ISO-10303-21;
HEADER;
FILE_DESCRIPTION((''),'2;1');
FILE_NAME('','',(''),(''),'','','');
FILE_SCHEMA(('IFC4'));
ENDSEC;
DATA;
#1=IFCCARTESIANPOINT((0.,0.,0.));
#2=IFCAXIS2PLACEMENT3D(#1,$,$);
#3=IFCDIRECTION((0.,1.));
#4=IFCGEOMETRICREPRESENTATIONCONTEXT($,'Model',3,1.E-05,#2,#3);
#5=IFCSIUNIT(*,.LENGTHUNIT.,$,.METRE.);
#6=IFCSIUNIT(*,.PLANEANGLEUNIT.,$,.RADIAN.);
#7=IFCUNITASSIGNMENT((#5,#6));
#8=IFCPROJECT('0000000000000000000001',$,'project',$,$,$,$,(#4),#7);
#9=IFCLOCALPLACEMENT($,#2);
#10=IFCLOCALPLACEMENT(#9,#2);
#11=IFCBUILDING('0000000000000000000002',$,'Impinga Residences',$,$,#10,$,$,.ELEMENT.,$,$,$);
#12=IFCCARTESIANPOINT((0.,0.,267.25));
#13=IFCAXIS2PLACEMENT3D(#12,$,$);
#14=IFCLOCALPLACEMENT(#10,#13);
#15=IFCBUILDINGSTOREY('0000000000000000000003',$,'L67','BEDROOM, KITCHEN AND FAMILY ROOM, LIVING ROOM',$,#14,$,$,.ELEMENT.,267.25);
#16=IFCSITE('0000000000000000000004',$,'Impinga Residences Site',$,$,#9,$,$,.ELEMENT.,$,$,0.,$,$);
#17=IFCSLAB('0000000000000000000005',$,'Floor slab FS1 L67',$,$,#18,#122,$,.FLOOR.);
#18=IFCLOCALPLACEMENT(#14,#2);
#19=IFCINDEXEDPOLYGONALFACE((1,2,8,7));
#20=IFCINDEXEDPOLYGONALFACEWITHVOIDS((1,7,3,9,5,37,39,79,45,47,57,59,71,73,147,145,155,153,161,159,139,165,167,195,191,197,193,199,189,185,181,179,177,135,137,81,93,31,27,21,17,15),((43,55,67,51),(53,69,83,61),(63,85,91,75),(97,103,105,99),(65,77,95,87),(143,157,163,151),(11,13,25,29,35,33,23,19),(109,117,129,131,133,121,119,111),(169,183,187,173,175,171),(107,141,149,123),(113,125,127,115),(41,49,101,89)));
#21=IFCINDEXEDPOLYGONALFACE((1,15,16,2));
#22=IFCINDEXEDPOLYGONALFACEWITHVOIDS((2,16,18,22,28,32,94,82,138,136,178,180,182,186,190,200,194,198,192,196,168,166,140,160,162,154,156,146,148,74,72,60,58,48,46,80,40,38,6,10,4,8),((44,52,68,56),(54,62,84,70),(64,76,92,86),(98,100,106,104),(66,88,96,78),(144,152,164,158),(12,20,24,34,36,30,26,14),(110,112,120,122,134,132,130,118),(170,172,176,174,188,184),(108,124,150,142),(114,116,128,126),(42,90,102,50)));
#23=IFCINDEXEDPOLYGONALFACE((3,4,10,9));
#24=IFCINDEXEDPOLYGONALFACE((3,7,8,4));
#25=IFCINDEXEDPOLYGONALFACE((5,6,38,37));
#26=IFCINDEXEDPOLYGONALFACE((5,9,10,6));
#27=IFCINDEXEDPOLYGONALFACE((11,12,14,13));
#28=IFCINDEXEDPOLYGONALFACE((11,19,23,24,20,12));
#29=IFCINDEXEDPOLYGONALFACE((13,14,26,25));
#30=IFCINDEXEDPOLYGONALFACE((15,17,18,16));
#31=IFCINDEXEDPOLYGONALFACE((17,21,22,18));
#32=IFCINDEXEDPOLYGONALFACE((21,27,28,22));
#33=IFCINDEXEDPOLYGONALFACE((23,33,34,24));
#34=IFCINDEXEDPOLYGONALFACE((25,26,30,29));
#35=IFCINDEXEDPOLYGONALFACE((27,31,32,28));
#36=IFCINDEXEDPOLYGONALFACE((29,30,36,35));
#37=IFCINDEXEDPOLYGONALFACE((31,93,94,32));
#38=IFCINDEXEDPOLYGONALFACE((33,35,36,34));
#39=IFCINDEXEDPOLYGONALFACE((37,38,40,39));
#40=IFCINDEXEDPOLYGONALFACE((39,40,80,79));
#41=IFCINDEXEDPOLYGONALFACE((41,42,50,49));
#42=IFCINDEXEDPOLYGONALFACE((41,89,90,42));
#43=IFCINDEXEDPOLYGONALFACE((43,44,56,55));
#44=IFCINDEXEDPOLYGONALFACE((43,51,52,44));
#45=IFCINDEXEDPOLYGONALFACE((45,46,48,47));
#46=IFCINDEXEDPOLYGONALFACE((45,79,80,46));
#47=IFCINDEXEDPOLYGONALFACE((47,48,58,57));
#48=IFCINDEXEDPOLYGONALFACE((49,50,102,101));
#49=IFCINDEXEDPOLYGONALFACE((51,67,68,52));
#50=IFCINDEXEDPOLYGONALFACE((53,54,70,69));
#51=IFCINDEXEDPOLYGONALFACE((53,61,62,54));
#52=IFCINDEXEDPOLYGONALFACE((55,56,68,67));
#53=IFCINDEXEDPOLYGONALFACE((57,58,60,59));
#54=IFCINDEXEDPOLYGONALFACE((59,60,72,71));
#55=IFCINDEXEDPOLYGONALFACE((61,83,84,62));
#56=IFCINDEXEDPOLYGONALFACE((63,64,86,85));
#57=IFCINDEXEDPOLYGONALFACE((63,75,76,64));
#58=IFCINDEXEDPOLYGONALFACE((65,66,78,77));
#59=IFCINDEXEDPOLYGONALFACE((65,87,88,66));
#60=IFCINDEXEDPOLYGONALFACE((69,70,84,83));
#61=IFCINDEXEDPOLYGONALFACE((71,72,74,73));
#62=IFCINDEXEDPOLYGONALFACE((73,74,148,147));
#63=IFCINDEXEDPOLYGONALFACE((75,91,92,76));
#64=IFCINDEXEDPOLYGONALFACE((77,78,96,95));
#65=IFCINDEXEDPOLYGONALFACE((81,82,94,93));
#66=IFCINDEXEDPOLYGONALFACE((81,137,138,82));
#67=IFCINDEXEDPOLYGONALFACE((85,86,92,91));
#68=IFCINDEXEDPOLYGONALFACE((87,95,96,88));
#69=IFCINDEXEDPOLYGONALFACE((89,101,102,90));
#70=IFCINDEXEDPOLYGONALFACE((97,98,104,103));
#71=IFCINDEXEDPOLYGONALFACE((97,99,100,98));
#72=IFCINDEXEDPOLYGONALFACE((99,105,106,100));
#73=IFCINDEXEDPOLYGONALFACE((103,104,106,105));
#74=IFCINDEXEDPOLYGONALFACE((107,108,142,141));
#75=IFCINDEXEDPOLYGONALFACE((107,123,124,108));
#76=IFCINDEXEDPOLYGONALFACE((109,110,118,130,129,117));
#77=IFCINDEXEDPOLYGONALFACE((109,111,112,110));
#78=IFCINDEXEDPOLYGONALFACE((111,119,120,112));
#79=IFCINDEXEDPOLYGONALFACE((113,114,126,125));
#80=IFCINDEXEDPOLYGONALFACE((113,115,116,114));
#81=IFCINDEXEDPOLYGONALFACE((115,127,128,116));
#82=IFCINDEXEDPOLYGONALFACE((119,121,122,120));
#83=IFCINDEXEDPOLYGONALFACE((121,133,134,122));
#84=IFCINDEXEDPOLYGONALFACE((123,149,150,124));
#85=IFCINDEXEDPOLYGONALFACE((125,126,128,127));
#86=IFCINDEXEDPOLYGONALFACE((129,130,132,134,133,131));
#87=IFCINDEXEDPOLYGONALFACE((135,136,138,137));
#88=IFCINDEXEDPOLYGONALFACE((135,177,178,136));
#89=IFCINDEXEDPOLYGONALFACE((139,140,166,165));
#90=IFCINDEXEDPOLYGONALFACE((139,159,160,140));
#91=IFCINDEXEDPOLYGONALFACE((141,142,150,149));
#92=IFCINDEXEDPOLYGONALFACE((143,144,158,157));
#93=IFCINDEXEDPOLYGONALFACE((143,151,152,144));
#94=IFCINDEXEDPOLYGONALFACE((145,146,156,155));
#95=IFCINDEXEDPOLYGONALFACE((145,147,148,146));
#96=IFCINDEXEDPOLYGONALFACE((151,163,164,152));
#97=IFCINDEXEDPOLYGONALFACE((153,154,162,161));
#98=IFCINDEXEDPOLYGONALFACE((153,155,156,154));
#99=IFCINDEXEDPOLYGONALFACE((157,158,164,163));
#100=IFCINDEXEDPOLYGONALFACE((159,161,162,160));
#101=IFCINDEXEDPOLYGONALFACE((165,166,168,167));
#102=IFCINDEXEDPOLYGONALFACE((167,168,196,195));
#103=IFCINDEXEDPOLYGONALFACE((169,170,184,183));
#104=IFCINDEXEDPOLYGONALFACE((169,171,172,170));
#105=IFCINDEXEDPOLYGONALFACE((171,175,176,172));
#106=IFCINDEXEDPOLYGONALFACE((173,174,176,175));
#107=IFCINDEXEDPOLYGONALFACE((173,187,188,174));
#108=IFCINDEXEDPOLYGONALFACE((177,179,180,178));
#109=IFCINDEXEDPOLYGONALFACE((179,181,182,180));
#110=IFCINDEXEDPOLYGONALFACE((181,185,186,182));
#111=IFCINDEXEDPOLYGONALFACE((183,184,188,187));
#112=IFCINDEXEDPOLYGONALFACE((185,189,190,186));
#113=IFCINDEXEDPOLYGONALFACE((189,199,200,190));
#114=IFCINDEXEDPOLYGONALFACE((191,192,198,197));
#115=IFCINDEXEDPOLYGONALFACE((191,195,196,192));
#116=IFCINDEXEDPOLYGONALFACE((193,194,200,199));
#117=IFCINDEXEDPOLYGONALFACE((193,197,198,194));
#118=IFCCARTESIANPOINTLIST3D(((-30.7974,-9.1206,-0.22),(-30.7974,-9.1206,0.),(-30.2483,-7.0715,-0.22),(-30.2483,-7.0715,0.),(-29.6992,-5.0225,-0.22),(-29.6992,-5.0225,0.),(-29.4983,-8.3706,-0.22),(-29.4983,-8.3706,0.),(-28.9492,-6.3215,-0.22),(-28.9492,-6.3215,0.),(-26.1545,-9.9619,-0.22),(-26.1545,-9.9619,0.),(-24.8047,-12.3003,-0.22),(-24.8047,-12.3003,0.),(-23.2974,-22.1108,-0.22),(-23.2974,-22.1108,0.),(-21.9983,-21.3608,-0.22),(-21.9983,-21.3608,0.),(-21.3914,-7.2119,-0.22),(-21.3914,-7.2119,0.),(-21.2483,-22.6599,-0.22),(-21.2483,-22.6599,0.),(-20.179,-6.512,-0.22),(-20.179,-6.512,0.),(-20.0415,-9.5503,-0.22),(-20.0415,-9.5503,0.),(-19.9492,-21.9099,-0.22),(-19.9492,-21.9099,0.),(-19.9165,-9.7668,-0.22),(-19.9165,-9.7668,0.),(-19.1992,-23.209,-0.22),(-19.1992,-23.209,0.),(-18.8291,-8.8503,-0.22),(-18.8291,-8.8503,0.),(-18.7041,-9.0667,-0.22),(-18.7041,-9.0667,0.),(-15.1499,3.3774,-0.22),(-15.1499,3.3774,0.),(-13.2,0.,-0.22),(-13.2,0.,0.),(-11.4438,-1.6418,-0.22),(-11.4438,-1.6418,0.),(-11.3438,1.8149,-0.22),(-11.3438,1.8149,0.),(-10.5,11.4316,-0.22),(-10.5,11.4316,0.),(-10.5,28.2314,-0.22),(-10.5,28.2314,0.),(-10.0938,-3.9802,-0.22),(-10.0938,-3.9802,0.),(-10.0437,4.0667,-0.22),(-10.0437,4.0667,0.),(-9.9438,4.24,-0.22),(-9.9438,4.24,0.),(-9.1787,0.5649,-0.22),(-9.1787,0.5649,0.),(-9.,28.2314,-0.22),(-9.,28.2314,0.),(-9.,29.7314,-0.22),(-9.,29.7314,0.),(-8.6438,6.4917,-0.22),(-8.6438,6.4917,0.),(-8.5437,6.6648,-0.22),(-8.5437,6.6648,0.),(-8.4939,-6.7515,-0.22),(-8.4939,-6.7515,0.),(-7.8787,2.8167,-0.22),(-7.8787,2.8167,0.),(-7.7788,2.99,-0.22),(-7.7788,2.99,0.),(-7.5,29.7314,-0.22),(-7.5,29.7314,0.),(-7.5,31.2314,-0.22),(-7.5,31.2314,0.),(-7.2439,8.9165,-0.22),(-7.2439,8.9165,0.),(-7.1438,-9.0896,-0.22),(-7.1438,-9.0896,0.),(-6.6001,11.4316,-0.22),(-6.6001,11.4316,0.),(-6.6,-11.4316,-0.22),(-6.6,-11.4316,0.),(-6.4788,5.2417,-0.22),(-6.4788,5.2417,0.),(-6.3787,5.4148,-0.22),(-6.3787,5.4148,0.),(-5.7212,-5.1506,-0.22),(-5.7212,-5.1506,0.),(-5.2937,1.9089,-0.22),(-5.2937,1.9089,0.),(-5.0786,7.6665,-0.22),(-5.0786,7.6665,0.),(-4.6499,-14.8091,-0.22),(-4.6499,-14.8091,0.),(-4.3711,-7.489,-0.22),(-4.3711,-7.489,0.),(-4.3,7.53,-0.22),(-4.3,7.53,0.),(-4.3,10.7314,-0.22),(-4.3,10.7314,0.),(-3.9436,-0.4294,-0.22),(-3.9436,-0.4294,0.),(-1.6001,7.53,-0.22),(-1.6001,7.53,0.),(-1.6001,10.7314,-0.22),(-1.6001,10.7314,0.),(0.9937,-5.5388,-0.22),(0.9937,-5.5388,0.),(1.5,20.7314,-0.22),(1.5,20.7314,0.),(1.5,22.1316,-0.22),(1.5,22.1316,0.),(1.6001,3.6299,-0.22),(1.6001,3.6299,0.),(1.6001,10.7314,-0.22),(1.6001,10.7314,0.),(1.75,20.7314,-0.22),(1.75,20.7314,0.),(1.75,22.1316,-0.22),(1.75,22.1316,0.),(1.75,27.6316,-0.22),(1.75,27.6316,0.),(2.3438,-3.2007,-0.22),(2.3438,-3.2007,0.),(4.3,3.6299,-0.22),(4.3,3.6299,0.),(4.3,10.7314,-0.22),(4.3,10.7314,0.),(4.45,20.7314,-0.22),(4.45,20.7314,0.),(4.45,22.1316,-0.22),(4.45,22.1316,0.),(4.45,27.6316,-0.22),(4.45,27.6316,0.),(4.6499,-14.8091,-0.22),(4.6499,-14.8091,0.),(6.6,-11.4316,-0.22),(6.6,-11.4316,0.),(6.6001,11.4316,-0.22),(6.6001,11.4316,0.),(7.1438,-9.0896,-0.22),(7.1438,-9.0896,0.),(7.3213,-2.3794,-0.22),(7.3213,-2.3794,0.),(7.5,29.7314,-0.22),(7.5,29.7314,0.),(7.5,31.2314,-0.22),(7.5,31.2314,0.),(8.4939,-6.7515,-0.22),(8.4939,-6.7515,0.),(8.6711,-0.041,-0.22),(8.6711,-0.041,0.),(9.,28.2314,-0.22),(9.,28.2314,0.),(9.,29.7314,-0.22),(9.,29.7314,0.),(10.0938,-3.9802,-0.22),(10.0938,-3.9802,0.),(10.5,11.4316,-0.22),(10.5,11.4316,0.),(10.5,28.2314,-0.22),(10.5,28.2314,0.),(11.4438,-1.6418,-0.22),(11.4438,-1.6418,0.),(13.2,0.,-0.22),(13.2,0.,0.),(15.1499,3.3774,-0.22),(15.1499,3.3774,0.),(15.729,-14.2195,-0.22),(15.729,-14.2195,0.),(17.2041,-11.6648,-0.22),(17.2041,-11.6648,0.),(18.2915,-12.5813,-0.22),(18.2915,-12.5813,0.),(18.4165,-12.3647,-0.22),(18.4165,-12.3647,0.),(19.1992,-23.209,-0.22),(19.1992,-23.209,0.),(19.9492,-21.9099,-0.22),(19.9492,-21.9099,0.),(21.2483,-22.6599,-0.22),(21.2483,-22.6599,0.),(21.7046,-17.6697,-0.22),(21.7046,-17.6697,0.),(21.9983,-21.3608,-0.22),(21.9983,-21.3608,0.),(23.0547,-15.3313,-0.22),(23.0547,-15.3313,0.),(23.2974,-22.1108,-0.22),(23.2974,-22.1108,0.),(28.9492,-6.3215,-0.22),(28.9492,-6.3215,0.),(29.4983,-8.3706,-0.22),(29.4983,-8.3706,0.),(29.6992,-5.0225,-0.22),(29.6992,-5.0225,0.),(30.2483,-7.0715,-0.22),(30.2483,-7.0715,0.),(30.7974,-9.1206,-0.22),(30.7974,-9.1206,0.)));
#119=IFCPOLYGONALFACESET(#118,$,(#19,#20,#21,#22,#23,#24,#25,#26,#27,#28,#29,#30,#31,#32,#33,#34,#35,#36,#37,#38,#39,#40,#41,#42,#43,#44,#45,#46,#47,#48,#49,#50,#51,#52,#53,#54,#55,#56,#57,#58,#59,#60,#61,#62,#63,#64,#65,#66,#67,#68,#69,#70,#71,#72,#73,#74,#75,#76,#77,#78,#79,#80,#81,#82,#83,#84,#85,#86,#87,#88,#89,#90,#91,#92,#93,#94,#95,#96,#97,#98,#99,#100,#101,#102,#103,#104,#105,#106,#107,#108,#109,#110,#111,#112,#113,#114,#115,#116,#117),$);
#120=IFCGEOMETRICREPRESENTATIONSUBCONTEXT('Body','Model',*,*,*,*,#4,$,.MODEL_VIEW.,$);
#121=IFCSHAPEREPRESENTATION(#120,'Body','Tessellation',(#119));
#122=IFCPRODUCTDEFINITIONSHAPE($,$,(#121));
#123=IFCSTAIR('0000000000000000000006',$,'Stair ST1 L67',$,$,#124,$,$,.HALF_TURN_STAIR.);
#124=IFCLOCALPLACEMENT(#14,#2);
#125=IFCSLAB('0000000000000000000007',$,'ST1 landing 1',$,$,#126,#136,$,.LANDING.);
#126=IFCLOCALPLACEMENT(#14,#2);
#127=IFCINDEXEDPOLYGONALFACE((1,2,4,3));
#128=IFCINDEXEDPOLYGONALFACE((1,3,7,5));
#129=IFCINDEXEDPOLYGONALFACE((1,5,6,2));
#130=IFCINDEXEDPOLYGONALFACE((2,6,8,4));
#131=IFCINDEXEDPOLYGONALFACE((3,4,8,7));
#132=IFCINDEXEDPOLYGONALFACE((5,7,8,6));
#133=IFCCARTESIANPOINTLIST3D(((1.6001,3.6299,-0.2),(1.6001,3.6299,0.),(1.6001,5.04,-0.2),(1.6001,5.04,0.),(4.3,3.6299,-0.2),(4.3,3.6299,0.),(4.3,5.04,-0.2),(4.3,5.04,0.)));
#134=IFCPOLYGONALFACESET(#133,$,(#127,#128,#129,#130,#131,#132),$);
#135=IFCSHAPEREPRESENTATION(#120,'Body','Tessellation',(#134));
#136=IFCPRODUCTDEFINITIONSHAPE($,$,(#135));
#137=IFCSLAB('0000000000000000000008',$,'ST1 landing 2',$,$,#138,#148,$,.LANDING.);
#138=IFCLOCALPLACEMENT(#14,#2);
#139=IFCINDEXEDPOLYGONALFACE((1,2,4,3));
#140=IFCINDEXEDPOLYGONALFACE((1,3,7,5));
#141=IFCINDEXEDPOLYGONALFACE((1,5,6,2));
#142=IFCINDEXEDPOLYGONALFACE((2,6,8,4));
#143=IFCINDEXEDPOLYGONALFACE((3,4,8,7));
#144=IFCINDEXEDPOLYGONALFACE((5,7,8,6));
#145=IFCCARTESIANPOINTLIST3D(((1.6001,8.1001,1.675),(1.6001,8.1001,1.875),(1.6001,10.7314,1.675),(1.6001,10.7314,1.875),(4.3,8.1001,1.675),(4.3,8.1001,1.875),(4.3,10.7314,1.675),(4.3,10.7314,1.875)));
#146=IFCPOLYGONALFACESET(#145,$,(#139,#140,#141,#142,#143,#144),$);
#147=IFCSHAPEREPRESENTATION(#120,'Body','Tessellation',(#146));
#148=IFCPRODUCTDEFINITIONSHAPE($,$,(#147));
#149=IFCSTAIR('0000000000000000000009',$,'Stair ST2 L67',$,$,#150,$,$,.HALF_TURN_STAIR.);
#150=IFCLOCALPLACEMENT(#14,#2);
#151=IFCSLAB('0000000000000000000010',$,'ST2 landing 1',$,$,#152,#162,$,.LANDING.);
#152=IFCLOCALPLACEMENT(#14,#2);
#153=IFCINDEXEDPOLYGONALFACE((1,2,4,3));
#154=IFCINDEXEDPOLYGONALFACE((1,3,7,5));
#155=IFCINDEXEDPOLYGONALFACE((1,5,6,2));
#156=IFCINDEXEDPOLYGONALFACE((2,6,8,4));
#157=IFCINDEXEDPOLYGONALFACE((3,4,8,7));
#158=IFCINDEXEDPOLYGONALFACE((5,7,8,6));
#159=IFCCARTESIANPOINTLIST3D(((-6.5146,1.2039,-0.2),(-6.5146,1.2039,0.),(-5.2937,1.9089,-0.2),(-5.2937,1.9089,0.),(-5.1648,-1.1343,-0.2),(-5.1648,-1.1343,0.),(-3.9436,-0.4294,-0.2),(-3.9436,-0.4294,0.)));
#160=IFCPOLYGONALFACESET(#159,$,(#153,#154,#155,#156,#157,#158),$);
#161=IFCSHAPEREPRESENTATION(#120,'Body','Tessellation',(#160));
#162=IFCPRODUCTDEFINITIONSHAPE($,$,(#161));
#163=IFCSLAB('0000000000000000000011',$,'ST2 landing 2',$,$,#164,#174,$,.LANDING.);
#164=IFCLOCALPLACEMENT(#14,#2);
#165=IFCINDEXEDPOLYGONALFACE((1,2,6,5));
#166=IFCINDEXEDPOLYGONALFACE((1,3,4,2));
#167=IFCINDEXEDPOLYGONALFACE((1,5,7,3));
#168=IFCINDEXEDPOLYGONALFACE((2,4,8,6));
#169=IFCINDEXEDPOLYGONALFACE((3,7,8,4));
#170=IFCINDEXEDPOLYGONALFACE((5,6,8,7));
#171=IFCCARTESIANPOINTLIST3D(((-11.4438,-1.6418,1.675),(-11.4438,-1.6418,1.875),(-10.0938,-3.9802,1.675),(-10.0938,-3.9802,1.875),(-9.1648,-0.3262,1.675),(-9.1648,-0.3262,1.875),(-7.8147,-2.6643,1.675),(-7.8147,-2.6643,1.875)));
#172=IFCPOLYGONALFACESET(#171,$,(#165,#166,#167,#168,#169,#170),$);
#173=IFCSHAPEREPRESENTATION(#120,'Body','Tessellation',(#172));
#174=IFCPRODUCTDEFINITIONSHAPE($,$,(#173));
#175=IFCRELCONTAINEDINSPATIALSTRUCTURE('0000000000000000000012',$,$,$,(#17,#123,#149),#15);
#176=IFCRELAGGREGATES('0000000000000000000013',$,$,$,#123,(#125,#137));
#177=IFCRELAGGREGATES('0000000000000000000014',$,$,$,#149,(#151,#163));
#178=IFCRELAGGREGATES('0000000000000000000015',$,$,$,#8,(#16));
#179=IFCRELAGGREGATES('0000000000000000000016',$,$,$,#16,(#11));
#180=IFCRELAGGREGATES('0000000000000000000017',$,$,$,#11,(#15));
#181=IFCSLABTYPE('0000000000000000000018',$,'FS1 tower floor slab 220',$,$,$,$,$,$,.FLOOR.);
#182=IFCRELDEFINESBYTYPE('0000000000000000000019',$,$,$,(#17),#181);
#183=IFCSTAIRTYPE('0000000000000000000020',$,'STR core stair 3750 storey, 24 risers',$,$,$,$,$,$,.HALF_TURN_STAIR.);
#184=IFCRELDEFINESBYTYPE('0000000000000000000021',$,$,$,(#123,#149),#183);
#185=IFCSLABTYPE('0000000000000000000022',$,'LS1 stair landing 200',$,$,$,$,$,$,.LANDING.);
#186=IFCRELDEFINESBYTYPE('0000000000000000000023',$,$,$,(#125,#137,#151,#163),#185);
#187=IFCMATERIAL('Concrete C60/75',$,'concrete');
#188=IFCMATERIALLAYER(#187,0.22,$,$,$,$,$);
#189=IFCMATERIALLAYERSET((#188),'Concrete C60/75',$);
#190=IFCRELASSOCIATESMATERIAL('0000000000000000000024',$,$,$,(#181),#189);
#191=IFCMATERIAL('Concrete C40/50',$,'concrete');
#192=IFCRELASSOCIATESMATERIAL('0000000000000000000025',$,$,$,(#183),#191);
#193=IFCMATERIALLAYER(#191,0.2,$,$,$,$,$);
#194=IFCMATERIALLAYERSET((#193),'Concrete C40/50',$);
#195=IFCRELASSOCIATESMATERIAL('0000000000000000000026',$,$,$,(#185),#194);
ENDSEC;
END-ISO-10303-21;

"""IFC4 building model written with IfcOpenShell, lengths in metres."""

from ifc_helpers import new_model, si_unit, direction, frame, origin, place, context, subcontext, project, spatial, polyline, outline, extrude, material, layer, layer_set, type_object, element, aggregate, save


model = new_model("IFC4")

# Units and contexts
model_context = context("Model", 3, precision=1e-05, world=origin(), true_north=direction((0.0, 1.0)))
body_context = subcontext(model_context, "Body", "Model", "MODEL_VIEW")
ifc_project = project(units=[si_unit("LENGTHUNIT", "METRE"), si_unit("PLANEANGLEUNIT", "RADIAN")], contexts=[model_context])

# Site, building, storey
site_placement = place(None, origin())
site = spatial("IfcSite", under=ifc_project, at=site_placement, Name="Impinga Residences Site", CompositionType="ELEMENT", RefElevation=0.0)
building_placement = place(site_placement, origin())
building = spatial("IfcBuilding", under=site, at=building_placement, Name="Impinga Residences", CompositionType="ELEMENT")
storey_placement = place(building_placement, frame((0.0, 0.0, 267.25)))
storey = spatial("IfcBuildingStorey", under=building, at=storey_placement, Name="L67", Description="BEDROOM, KITCHEN AND FAMILY ROOM, LIVING ROOM", CompositionType="ELEMENT", Elevation=267.25)

# Slab
ifc_material_1 = material(Name="Concrete C60/75", Category="concrete")
ifc_layer_1 = layer(ifc_material_1, 0.22)
ifc_layer_set_1 = layer_set([ifc_layer_1], Name="Concrete C60/75")
slab_type_1 = type_object("IfcSlabType", Name="FS1 tower floor slab 220", PredefinedType="FLOOR", material=ifc_layer_set_1)
slab_1_placement = place(storey_placement, frame((0.0, 0.0, -0.22)))
element("IfcSlab", 1, at=slab_1_placement, inside=storey, type_object=slab_type_1, Name="Floor slab FS1 L67", PredefinedType="FLOOR", context=body_context, shape_type="SweptSolid", body=[
    extrude(outline(polyline([(-19.9492, -21.9099), (-21.2483, -22.6599), (-21.9983, -21.3608), (-23.2974, -22.1108), (-30.7974, -9.1206), (-29.4983, -8.3706), (-30.2483, -7.0715), (-28.9492, -6.3215), (-29.6992, -5.0225), (-15.1499, 3.3774), (-13.2, 0.0), (-6.6001, 11.4316), (-10.5, 11.4316), (-10.5, 28.2314), (-9.0, 28.2314), (-9.0, 29.7314), (-7.5, 29.7314), (-7.5, 31.2314), (7.5, 31.2314), (7.5, 29.7314), (9.0, 29.7314), (9.0, 28.2314), (10.5, 28.2314), (10.5, 11.4316), (6.6001, 11.4316), (13.2, 0.0), (15.1499, 3.3774), (29.6992, -5.0225), (28.9492, -6.3215), (30.2483, -7.0715), (29.4983, -8.3706), (30.7974, -9.1206), (23.2974, -22.1108), (21.9983, -21.3608), (21.2483, -22.6599), (19.9492, -21.9099), (19.1992, -23.209), (4.6499, -14.8091), (9.9001, -5.7158), (6.6001, -11.4316), (-6.6001, -11.4316), (-9.9001, -5.7158), (-4.6499, -14.8091), (-19.1992, -23.209), (-19.9492, -21.9099)]), holes=[polyline([(-18.7041, -9.0667), (-18.8291, -8.8503), (-18.8291, -8.8503), (-20.179, -6.512), (-21.3914, -7.2119), (-21.3914, -7.2119), (-26.1545, -9.9619), (-24.8047, -12.3003), (-20.0415, -9.5503), (-19.9165, -9.7668), (-18.7041, -9.0667)]), polyline([(-5.7212, -5.1506), (-8.4939, -6.7515), (-7.1438, -9.0896), (-4.3711, -7.489), (-5.7212, -5.1506)]), polyline([(-5.2937, 1.9089), (-11.4438, -1.6418), (-10.0938, -3.9802), (-3.9436, -0.4294), (-5.2937, 1.9089)]), polyline([(-7.8787, 2.8167), (-10.0437, 4.0667), (-11.3438, 1.8149), (-9.1787, 0.5649), (-7.8787, 2.8167)]), polyline([(-6.4788, 5.2417), (-8.6438, 6.4917), (-9.9438, 4.24), (-7.7788, 2.99), (-6.4788, 5.2417)]), polyline([(-6.3787, 5.4148), (-5.0786, 7.6665), (-7.2439, 8.9165), (-8.5437, 6.6648), (-6.3787, 5.4148)]), polyline([(-4.3, 7.53), (-1.6001, 7.53), (-1.6001, 10.7314), (-4.3, 10.7314), (-4.3, 7.53)]), polyline([(15.729, -14.2195), (21.7046, -17.6697), (23.0547, -15.3313), (18.2915, -12.5813), (18.4165, -12.3647), (17.2041, -11.6648), (15.729, -14.2195)]), polyline([(0.9937, -5.5388), (7.1438, -9.0896), (8.4939, -6.7515), (2.3438, -3.2007), (0.9937, -5.5388)]), polyline([(7.3213, -2.3794), (10.0938, -3.9802), (11.4438, -1.6418), (8.6711, -0.041), (7.3213, -2.3794)]), polyline([(4.3, 3.6299), (4.3, 10.7314), (1.6001, 10.7314), (1.6001, 3.6299), (4.3, 3.6299)]), polyline([(1.75, 22.1316), (1.5, 22.1316), (1.5, 20.7314), (1.75, 20.7314), (4.45, 20.7314), (4.45, 22.1316), (4.45, 27.6316), (1.75, 27.6316), (1.75, 22.1316)])]), origin(), (0.0, 0.0, 1.0), 0.22),
])

# Stairs, slabs
ifc_material_2 = material(Name="Concrete C40/50", Category="concrete")
stair_type_1 = type_object("IfcStairType", Name="STR core stair 3750 storey, 24 risers", PredefinedType="HALF_TURN_STAIR", material=ifc_material_2)
stair_1_placement = place(storey_placement, origin())
stair_1 = element("IfcStair", 2, at=stair_1_placement, inside=storey, type_object=stair_type_1, Name="Stair ST1 L67", PredefinedType="HALF_TURN_STAIR")
ifc_layer_2 = layer(ifc_material_2, 0.2)
ifc_layer_set_2 = layer_set([ifc_layer_2], Name="Concrete C40/50")
slab_type_2 = type_object("IfcSlabType", Name="LS1 stair landing 200", PredefinedType="LANDING", material=ifc_layer_set_2)
slab_2_placement = place(storey_placement, frame((0.0, 0.0, -0.2)))
slab_2 = element("IfcSlab", 3, at=slab_2_placement, type_object=slab_type_2, Name="ST1 landing 1", PredefinedType="LANDING", context=body_context, shape_type="SweptSolid", body=[
    extrude(outline(polyline([(1.6001, 3.6299), (4.3, 3.6299), (4.3, 5.04), (1.6001, 5.04), (1.6001, 3.6299)])), origin(), (0.0, 0.0, 1.0), 0.2),
])
slab_3_placement = place(storey_placement, frame((0.0, 0.0, 1.675)))
slab_3 = element("IfcSlab", 4, at=slab_3_placement, type_object=slab_type_2, Name="ST1 landing 2", PredefinedType="LANDING", context=body_context, shape_type="SweptSolid", body=[
    extrude(outline(polyline([(1.6001, 8.1001), (4.3, 8.1001), (4.3, 10.7314), (1.6001, 10.7314), (1.6001, 8.1001)])), origin(), (0.0, 0.0, 1.0), 0.2),
])
aggregate(stair_1, [slab_2, slab_3])
stair_2_placement = place(storey_placement, origin())
stair_2 = element("IfcStair", 5, at=stair_2_placement, inside=storey, type_object=stair_type_1, Name="Stair ST2 L67", PredefinedType="HALF_TURN_STAIR")
slab_4_placement = place(storey_placement, frame((0.0, 0.0, -0.2)))
slab_4 = element("IfcSlab", 6, at=slab_4_placement, type_object=slab_type_2, Name="ST2 landing 1", PredefinedType="LANDING", context=body_context, shape_type="SweptSolid", body=[
    extrude(outline(polyline([(-3.9436, -0.4294), (-5.2937, 1.9089), (-6.5146, 1.2039), (-5.1648, -1.1343), (-3.9436, -0.4294)])), origin(), (0.0, 0.0, 1.0), 0.2),
])
slab_5_placement = place(storey_placement, frame((0.0, 0.0, 1.675)))
slab_5 = element("IfcSlab", 7, at=slab_5_placement, type_object=slab_type_2, Name="ST2 landing 2", PredefinedType="LANDING", context=body_context, shape_type="SweptSolid", body=[
    extrude(outline(polyline([(-7.8147, -2.6643), (-9.1648, -0.3262), (-11.4438, -1.6418), (-10.0938, -3.9802), (-7.8147, -2.6643)])), origin(), (0.0, 0.0, 1.0), 0.2),
])
aggregate(stair_2, [slab_4, slab_5])

save(model, "model.ifc")
